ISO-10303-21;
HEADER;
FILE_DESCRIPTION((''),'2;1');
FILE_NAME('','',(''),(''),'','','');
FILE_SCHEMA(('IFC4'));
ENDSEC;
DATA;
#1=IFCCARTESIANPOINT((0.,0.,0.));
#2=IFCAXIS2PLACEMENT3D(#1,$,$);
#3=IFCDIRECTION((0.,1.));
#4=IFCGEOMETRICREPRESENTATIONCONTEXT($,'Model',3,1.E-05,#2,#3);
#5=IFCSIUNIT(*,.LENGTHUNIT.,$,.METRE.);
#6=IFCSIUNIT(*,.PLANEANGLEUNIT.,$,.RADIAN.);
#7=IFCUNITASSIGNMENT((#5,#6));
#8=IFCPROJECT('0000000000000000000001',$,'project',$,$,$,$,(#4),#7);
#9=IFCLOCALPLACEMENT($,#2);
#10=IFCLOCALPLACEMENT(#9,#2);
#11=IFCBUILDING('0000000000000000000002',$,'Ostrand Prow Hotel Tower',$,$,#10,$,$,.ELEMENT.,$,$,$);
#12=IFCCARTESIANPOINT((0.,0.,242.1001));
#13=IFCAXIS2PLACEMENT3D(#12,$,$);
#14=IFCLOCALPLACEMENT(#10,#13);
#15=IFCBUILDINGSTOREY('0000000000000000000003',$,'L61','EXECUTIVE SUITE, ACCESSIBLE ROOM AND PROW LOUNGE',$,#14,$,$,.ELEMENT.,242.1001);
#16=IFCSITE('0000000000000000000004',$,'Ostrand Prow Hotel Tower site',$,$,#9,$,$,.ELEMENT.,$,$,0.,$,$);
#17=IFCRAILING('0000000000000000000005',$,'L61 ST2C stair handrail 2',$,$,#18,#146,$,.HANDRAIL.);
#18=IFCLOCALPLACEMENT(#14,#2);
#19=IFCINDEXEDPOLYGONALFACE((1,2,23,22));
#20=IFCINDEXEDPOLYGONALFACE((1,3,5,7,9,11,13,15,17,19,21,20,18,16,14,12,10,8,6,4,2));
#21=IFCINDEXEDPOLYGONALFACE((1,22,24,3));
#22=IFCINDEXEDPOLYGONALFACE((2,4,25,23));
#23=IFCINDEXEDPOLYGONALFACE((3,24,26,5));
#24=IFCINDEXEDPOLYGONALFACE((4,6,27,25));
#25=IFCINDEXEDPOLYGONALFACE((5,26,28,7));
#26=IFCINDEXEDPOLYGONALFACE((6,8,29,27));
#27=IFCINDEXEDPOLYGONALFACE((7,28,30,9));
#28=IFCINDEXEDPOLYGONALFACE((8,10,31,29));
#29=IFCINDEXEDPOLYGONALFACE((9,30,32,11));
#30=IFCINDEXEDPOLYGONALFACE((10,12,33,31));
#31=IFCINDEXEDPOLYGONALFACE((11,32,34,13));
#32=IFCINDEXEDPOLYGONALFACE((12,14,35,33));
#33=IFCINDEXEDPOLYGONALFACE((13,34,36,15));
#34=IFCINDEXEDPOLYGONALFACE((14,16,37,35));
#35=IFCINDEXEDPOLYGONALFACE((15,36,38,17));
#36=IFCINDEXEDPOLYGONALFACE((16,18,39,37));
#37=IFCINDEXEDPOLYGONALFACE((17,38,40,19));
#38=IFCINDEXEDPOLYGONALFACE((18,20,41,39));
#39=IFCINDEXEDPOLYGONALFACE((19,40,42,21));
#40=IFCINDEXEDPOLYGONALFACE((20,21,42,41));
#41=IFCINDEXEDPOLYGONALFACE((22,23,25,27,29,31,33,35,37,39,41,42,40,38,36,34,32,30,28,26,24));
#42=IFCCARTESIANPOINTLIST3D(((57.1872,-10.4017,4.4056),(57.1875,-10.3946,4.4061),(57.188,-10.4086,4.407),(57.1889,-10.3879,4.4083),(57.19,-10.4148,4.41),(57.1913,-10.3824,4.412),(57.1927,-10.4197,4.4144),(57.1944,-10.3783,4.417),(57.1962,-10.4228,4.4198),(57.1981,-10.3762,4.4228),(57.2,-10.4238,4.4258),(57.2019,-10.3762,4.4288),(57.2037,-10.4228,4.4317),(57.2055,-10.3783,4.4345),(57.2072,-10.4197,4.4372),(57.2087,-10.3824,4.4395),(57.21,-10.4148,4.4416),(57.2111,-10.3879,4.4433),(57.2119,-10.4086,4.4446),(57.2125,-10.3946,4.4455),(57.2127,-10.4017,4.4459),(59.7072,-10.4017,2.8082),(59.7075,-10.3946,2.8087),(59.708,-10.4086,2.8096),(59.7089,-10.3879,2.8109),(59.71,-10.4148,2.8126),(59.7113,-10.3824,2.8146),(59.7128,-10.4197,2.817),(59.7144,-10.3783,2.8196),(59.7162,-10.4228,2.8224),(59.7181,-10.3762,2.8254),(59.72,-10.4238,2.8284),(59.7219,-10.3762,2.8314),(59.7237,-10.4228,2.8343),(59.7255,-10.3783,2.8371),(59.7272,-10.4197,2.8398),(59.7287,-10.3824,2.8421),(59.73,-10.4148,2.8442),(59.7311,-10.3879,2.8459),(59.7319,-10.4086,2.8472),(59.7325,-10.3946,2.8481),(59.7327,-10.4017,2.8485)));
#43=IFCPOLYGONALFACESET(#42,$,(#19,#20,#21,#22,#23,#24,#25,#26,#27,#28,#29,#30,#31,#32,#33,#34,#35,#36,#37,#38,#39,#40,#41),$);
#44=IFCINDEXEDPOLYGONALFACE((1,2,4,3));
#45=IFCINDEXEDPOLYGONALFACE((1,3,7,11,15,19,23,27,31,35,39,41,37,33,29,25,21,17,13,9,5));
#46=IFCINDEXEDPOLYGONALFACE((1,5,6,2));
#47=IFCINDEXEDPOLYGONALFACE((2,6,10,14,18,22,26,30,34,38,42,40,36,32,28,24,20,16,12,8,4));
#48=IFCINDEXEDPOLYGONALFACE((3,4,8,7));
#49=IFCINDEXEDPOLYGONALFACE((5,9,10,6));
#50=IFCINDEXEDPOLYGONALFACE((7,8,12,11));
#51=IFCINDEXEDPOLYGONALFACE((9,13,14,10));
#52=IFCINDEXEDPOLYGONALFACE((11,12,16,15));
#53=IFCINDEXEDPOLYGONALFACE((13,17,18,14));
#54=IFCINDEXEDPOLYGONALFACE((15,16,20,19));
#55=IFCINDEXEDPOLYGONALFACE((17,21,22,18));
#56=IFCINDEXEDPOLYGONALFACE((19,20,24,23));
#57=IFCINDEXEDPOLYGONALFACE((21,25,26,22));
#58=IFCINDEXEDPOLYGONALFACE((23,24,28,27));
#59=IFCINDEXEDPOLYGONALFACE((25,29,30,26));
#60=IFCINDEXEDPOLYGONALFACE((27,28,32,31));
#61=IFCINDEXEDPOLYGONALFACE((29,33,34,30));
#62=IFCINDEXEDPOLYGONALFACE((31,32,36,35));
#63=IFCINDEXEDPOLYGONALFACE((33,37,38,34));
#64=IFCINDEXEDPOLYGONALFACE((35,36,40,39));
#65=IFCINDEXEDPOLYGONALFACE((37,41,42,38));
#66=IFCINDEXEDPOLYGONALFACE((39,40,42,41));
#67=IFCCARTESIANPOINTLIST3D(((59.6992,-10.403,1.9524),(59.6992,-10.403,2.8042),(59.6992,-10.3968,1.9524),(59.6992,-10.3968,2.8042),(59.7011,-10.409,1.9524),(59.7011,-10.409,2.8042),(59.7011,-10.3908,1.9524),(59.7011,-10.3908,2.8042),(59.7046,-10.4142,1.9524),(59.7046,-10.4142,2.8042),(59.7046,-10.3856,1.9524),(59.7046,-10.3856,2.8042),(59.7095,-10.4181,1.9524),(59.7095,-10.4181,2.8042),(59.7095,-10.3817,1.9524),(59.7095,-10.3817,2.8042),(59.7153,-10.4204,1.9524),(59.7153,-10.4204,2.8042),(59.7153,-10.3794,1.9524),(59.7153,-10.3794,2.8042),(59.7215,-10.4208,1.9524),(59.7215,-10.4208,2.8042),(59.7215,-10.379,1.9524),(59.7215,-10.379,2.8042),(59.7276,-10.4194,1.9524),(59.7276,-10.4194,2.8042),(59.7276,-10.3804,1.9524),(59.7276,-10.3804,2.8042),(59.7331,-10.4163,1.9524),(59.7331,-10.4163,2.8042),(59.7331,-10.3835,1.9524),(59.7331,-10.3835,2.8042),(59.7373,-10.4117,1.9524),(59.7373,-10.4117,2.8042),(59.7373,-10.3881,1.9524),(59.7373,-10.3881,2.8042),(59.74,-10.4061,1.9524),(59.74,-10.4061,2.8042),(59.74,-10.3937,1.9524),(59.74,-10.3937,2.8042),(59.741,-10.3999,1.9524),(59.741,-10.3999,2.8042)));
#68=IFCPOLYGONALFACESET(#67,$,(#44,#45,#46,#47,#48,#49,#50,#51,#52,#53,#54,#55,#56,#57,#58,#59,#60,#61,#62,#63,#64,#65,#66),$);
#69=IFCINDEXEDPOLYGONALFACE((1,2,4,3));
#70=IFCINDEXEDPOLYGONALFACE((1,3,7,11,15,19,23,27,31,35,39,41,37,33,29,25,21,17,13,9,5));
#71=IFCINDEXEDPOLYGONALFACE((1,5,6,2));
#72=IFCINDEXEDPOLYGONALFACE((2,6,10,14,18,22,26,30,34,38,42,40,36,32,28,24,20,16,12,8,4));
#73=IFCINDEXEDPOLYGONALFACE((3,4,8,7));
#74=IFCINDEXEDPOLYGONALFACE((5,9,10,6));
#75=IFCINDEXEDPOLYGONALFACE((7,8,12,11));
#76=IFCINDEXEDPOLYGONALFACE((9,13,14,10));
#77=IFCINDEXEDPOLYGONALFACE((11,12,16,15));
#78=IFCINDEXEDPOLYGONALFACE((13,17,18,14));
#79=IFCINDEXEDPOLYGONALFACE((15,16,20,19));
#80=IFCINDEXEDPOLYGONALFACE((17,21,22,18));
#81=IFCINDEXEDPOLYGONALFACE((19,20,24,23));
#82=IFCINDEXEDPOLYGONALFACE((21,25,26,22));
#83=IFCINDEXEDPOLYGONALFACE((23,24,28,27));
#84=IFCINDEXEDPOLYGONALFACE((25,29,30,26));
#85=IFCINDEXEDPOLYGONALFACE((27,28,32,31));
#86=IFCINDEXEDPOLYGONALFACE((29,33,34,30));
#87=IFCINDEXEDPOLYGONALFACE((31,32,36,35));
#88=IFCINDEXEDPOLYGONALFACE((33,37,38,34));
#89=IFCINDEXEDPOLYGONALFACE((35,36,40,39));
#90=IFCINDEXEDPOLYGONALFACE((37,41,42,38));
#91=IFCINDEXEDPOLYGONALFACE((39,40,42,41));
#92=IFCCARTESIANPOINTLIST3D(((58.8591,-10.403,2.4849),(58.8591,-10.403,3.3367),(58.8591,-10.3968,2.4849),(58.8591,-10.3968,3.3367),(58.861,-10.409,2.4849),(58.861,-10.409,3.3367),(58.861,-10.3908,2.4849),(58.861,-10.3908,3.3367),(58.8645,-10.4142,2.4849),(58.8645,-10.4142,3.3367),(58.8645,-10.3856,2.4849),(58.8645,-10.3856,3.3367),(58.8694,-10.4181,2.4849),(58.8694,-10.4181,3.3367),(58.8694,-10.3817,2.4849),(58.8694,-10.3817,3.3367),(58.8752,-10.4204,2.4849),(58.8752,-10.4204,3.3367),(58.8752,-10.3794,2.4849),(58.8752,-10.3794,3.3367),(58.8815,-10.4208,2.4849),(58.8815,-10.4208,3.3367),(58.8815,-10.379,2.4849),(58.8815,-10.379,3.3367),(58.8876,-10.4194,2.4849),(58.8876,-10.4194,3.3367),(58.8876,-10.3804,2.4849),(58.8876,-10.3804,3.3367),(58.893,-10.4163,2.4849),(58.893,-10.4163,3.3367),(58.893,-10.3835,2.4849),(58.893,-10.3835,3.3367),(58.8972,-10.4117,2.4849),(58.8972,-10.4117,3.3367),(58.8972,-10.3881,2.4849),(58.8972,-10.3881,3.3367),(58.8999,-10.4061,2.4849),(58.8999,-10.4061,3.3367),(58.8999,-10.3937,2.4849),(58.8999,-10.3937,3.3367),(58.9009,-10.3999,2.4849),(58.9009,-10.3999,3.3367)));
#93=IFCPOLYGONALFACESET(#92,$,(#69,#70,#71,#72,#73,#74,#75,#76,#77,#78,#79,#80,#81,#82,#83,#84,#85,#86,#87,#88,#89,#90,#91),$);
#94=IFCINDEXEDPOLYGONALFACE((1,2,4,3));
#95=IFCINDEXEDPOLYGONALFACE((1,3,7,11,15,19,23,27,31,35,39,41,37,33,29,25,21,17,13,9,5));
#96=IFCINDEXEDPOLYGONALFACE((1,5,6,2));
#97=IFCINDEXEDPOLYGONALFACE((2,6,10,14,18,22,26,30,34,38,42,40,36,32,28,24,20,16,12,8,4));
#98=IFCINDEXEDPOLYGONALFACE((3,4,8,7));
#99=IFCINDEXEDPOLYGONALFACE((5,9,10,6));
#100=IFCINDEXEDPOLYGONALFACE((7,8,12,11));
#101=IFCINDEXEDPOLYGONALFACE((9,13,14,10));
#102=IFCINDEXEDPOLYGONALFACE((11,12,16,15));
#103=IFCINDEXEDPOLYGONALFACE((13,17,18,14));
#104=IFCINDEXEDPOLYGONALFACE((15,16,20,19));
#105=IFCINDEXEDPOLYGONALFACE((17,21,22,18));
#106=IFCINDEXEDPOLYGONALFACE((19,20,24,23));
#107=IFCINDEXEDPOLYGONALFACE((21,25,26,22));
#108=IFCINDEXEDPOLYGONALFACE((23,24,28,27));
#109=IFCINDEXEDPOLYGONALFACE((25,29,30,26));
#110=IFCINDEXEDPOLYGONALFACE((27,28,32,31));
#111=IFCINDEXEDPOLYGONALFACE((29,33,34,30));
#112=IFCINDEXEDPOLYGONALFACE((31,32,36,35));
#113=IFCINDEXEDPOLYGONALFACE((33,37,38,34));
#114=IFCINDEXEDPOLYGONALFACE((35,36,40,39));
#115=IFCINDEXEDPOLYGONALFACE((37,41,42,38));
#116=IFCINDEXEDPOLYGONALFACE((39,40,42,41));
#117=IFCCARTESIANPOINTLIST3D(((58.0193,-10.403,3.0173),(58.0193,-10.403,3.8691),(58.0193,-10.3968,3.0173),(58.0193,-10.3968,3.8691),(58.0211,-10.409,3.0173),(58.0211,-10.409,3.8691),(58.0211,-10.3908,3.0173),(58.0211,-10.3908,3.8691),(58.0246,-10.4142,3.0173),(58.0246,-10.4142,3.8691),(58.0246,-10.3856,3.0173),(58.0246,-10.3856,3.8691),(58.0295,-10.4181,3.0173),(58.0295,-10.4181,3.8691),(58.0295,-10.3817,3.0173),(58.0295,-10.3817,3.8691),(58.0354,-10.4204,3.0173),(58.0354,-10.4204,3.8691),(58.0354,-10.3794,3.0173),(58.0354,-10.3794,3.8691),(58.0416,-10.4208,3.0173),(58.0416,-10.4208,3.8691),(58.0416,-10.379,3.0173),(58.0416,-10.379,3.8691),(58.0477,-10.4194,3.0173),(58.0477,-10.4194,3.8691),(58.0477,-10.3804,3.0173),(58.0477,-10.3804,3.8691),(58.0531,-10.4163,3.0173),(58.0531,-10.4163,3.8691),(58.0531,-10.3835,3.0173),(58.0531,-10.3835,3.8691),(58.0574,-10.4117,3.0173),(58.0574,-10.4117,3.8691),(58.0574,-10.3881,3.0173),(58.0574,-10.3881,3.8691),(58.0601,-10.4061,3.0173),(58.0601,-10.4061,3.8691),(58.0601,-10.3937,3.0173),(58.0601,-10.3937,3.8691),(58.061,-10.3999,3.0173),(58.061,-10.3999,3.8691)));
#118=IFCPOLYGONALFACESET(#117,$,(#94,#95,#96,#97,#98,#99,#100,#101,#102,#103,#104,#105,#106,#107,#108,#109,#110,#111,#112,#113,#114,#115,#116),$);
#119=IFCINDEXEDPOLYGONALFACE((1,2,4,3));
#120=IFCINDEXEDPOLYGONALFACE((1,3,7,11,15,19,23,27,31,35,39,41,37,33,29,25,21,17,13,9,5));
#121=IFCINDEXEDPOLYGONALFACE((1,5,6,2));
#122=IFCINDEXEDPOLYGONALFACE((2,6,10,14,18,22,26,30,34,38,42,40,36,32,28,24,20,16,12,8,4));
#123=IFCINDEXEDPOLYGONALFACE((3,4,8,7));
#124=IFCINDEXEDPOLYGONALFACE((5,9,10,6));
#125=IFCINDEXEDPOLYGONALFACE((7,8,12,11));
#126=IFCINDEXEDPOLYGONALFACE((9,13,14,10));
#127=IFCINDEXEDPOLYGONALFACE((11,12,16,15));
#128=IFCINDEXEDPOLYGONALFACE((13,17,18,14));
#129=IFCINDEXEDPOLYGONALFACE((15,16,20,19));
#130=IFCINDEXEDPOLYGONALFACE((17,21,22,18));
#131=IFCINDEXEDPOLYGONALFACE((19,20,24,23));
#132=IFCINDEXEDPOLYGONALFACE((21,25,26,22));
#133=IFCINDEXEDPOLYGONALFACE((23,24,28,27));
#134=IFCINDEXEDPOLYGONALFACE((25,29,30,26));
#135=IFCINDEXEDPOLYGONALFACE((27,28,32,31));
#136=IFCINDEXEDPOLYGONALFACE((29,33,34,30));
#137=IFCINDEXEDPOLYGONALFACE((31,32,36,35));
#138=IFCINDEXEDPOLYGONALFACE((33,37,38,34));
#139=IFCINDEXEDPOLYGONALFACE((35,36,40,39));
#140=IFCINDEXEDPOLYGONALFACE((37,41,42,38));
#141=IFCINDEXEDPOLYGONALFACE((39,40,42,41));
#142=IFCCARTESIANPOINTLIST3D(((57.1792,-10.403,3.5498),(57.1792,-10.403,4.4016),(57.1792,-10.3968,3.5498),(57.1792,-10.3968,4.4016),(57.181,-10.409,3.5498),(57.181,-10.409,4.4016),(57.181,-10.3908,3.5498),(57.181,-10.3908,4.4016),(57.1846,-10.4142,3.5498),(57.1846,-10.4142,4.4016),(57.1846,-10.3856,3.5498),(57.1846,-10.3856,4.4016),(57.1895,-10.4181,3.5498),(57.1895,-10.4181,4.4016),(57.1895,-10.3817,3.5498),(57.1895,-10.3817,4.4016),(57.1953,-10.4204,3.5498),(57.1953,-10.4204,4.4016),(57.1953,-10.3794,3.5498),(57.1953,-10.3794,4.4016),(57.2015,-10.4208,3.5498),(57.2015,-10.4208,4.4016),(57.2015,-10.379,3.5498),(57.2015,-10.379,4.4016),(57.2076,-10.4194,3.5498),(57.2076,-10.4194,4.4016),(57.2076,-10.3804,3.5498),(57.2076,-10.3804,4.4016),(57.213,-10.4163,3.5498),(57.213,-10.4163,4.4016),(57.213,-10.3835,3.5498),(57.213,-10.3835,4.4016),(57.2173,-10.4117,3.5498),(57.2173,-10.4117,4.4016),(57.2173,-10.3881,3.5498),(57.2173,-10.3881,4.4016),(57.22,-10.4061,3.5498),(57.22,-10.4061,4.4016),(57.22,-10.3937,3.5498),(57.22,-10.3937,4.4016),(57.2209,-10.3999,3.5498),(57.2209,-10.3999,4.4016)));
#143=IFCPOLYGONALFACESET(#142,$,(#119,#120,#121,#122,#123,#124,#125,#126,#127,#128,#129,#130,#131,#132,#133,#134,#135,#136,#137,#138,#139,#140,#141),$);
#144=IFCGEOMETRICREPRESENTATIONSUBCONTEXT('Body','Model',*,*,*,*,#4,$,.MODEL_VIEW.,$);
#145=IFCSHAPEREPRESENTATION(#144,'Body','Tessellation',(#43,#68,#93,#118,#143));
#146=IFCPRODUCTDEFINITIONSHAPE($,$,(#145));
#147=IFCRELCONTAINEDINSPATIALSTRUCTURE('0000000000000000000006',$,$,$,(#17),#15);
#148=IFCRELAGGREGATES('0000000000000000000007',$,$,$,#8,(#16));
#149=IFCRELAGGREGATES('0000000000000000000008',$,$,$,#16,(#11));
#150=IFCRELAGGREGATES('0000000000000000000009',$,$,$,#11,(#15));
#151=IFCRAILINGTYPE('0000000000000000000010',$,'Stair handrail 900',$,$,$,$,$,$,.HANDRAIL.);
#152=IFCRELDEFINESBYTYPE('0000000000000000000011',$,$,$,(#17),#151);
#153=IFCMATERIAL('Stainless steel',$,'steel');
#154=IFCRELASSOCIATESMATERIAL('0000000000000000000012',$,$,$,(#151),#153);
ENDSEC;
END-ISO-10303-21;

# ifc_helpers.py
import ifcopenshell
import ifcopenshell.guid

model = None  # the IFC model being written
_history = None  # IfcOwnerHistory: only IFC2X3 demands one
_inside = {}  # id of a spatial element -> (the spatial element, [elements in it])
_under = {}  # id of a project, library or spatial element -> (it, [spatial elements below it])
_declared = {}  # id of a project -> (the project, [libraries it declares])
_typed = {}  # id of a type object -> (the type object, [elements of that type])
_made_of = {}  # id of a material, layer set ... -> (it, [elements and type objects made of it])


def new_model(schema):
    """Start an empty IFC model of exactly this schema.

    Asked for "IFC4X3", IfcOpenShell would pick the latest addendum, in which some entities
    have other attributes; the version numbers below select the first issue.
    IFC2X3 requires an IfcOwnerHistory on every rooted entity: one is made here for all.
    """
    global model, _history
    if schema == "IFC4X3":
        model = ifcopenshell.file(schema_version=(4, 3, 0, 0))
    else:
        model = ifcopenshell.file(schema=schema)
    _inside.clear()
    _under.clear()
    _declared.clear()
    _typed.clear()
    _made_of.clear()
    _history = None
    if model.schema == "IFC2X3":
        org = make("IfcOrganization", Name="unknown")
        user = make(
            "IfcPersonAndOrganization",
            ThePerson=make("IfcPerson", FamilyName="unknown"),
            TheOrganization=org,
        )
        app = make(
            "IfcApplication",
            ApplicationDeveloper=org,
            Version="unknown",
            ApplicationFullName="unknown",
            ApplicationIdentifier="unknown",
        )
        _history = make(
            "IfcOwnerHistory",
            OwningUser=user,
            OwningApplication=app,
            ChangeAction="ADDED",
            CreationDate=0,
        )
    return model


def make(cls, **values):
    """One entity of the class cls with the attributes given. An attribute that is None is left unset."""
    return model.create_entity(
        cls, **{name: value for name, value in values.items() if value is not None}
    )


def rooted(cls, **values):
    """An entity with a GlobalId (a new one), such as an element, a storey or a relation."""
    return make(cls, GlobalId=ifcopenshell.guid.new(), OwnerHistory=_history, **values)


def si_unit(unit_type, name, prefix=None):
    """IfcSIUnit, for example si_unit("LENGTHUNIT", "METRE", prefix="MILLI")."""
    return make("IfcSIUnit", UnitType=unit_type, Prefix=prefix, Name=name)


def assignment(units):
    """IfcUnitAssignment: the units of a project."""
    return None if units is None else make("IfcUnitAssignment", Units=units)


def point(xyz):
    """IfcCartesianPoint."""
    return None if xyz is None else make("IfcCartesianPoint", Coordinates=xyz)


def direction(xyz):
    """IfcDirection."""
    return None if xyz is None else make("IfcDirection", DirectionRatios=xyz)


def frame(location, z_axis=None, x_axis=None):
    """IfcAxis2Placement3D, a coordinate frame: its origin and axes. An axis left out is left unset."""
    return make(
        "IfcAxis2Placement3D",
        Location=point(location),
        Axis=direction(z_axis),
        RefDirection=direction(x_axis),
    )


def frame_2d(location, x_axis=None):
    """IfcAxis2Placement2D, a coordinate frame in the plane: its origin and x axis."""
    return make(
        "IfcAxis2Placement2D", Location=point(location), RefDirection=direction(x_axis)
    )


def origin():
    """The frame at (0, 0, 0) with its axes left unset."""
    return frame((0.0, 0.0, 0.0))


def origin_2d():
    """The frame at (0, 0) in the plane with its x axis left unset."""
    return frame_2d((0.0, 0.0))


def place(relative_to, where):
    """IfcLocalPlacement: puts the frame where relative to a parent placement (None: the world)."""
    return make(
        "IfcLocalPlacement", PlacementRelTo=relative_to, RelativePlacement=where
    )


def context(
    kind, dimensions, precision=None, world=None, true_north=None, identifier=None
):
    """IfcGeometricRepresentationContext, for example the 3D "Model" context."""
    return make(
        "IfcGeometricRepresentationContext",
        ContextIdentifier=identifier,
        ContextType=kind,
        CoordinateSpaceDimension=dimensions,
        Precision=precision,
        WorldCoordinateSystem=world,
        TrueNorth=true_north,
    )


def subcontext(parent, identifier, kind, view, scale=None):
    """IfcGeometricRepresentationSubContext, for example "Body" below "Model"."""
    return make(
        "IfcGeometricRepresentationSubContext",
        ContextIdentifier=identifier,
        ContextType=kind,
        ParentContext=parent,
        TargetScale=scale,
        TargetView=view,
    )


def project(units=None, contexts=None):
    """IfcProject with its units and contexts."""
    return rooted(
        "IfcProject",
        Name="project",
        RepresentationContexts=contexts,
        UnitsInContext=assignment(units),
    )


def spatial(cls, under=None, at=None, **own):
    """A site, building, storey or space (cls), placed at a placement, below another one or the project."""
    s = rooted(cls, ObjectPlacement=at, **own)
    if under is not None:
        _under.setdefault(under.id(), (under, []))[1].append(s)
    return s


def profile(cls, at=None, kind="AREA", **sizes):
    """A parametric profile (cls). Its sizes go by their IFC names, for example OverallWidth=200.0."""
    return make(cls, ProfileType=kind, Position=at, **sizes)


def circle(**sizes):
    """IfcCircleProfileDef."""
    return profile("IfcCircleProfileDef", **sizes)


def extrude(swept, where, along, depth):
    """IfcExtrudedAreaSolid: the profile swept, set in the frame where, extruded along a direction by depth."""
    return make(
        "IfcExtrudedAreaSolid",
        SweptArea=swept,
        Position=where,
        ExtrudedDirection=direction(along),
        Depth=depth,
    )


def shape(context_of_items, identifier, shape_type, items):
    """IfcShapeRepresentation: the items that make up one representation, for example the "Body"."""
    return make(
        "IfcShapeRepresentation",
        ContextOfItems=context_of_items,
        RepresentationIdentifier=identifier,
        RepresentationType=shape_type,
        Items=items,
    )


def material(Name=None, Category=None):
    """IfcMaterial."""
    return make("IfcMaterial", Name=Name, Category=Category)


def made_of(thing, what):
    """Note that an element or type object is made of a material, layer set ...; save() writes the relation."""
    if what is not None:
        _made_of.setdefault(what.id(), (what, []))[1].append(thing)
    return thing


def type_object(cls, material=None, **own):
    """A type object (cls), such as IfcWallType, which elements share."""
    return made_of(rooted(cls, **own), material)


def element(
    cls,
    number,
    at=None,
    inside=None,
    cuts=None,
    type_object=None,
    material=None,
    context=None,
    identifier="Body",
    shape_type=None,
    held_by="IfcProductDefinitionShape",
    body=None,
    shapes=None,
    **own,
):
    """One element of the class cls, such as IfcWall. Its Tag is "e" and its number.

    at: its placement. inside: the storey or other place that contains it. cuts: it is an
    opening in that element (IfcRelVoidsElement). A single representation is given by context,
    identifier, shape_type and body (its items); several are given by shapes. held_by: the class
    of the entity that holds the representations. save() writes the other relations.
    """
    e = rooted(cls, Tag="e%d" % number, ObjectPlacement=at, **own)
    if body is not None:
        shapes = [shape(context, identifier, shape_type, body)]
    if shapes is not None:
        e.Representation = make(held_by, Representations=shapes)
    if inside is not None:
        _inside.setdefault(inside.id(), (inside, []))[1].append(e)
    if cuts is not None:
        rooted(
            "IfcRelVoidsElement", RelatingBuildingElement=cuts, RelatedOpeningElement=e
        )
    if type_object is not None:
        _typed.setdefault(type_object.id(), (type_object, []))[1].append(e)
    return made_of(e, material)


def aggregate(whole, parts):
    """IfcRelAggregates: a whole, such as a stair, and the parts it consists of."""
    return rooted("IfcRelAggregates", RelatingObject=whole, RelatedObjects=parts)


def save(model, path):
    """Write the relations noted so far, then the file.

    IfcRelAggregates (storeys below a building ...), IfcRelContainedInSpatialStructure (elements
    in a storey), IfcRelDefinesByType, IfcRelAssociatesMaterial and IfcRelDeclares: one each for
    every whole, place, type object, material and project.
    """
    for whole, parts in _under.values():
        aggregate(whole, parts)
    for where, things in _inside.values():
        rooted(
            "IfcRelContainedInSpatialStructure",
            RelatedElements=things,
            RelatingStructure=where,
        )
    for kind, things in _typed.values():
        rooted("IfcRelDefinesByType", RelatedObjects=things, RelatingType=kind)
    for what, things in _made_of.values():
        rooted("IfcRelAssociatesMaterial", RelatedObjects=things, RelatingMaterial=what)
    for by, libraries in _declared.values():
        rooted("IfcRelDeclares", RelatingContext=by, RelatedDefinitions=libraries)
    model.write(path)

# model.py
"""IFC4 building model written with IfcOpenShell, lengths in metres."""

from ifc_helpers import new_model, si_unit, direction, frame, origin, origin_2d, place, context, subcontext, project, spatial, circle, extrude, material, type_object, element, save


model = new_model("IFC4")

# Units and contexts
model_context = context("Model", 3, precision=1e-05, world=origin(), true_north=direction((0.0, 1.0)))
body_context = subcontext(model_context, "Body", "Model", "MODEL_VIEW")
ifc_project = project(units=[si_unit("LENGTHUNIT", "METRE"), si_unit("PLANEANGLEUNIT", "RADIAN")], contexts=[model_context])

# Site, building, storey
site_placement = place(None, origin())
site = spatial("IfcSite", under=ifc_project, at=site_placement, Name="Ostrand Prow Hotel Tower site", CompositionType="ELEMENT", RefElevation=0.0)
building_placement = place(site_placement, origin())
building = spatial("IfcBuilding", under=site, at=building_placement, Name="Ostrand Prow Hotel Tower", CompositionType="ELEMENT")
storey_placement = place(building_placement, frame((0.0, 0.0, 242.1001)))
storey = spatial("IfcBuildingStorey", under=building, at=storey_placement, Name="L61", Description="EXECUTIVE SUITE, ACCESSIBLE ROOM AND PROW LOUNGE", CompositionType="ELEMENT", Elevation=242.1001)

# Railing
ifc_material_1 = material(Name="Stainless steel", Category="steel")
railing_type_1 = type_object("IfcRailingType", Name="Stair handrail 900", PredefinedType="HANDRAIL", material=ifc_material_1)
railing_1_placement = place(storey_placement, frame((59.72, -10.3999, 1.9524)))
element("IfcRailing", 1, at=railing_1_placement, inside=storey, type_object=railing_type_1, Name="L61 ST2C stair handrail 2", PredefinedType="HANDRAIL", context=body_context, shape_type="SweptSolid", body=[
    extrude(circle(Radius=0.0239, at=origin_2d()), frame((0.0, 0.0, 0.876), z_axis=(-0.844607, 0.0, 0.535387), x_axis=(0.0, -1.0, 0.0)), (0.0, 0.0, 1.0), 2.9836),
    extrude(circle(Radius=0.021, at=origin_2d()), origin(), (0.0, 0.0, 1.0), 0.8518),
    extrude(circle(Radius=0.021, at=origin_2d()), frame((-0.8401, 0.0, 0.5325)), (0.0, 0.0, 1.0), 0.8518),
    extrude(circle(Radius=0.021, at=origin_2d()), frame((-1.6799, 0.0, 1.0649)), (0.0, 0.0, 1.0), 0.8518),
    extrude(circle(Radius=0.021, at=origin_2d()), frame((-2.52, 0.0, 1.5974)), (0.0, 0.0, 1.0), 0.8518),
])

save(model, "model.ifc")
